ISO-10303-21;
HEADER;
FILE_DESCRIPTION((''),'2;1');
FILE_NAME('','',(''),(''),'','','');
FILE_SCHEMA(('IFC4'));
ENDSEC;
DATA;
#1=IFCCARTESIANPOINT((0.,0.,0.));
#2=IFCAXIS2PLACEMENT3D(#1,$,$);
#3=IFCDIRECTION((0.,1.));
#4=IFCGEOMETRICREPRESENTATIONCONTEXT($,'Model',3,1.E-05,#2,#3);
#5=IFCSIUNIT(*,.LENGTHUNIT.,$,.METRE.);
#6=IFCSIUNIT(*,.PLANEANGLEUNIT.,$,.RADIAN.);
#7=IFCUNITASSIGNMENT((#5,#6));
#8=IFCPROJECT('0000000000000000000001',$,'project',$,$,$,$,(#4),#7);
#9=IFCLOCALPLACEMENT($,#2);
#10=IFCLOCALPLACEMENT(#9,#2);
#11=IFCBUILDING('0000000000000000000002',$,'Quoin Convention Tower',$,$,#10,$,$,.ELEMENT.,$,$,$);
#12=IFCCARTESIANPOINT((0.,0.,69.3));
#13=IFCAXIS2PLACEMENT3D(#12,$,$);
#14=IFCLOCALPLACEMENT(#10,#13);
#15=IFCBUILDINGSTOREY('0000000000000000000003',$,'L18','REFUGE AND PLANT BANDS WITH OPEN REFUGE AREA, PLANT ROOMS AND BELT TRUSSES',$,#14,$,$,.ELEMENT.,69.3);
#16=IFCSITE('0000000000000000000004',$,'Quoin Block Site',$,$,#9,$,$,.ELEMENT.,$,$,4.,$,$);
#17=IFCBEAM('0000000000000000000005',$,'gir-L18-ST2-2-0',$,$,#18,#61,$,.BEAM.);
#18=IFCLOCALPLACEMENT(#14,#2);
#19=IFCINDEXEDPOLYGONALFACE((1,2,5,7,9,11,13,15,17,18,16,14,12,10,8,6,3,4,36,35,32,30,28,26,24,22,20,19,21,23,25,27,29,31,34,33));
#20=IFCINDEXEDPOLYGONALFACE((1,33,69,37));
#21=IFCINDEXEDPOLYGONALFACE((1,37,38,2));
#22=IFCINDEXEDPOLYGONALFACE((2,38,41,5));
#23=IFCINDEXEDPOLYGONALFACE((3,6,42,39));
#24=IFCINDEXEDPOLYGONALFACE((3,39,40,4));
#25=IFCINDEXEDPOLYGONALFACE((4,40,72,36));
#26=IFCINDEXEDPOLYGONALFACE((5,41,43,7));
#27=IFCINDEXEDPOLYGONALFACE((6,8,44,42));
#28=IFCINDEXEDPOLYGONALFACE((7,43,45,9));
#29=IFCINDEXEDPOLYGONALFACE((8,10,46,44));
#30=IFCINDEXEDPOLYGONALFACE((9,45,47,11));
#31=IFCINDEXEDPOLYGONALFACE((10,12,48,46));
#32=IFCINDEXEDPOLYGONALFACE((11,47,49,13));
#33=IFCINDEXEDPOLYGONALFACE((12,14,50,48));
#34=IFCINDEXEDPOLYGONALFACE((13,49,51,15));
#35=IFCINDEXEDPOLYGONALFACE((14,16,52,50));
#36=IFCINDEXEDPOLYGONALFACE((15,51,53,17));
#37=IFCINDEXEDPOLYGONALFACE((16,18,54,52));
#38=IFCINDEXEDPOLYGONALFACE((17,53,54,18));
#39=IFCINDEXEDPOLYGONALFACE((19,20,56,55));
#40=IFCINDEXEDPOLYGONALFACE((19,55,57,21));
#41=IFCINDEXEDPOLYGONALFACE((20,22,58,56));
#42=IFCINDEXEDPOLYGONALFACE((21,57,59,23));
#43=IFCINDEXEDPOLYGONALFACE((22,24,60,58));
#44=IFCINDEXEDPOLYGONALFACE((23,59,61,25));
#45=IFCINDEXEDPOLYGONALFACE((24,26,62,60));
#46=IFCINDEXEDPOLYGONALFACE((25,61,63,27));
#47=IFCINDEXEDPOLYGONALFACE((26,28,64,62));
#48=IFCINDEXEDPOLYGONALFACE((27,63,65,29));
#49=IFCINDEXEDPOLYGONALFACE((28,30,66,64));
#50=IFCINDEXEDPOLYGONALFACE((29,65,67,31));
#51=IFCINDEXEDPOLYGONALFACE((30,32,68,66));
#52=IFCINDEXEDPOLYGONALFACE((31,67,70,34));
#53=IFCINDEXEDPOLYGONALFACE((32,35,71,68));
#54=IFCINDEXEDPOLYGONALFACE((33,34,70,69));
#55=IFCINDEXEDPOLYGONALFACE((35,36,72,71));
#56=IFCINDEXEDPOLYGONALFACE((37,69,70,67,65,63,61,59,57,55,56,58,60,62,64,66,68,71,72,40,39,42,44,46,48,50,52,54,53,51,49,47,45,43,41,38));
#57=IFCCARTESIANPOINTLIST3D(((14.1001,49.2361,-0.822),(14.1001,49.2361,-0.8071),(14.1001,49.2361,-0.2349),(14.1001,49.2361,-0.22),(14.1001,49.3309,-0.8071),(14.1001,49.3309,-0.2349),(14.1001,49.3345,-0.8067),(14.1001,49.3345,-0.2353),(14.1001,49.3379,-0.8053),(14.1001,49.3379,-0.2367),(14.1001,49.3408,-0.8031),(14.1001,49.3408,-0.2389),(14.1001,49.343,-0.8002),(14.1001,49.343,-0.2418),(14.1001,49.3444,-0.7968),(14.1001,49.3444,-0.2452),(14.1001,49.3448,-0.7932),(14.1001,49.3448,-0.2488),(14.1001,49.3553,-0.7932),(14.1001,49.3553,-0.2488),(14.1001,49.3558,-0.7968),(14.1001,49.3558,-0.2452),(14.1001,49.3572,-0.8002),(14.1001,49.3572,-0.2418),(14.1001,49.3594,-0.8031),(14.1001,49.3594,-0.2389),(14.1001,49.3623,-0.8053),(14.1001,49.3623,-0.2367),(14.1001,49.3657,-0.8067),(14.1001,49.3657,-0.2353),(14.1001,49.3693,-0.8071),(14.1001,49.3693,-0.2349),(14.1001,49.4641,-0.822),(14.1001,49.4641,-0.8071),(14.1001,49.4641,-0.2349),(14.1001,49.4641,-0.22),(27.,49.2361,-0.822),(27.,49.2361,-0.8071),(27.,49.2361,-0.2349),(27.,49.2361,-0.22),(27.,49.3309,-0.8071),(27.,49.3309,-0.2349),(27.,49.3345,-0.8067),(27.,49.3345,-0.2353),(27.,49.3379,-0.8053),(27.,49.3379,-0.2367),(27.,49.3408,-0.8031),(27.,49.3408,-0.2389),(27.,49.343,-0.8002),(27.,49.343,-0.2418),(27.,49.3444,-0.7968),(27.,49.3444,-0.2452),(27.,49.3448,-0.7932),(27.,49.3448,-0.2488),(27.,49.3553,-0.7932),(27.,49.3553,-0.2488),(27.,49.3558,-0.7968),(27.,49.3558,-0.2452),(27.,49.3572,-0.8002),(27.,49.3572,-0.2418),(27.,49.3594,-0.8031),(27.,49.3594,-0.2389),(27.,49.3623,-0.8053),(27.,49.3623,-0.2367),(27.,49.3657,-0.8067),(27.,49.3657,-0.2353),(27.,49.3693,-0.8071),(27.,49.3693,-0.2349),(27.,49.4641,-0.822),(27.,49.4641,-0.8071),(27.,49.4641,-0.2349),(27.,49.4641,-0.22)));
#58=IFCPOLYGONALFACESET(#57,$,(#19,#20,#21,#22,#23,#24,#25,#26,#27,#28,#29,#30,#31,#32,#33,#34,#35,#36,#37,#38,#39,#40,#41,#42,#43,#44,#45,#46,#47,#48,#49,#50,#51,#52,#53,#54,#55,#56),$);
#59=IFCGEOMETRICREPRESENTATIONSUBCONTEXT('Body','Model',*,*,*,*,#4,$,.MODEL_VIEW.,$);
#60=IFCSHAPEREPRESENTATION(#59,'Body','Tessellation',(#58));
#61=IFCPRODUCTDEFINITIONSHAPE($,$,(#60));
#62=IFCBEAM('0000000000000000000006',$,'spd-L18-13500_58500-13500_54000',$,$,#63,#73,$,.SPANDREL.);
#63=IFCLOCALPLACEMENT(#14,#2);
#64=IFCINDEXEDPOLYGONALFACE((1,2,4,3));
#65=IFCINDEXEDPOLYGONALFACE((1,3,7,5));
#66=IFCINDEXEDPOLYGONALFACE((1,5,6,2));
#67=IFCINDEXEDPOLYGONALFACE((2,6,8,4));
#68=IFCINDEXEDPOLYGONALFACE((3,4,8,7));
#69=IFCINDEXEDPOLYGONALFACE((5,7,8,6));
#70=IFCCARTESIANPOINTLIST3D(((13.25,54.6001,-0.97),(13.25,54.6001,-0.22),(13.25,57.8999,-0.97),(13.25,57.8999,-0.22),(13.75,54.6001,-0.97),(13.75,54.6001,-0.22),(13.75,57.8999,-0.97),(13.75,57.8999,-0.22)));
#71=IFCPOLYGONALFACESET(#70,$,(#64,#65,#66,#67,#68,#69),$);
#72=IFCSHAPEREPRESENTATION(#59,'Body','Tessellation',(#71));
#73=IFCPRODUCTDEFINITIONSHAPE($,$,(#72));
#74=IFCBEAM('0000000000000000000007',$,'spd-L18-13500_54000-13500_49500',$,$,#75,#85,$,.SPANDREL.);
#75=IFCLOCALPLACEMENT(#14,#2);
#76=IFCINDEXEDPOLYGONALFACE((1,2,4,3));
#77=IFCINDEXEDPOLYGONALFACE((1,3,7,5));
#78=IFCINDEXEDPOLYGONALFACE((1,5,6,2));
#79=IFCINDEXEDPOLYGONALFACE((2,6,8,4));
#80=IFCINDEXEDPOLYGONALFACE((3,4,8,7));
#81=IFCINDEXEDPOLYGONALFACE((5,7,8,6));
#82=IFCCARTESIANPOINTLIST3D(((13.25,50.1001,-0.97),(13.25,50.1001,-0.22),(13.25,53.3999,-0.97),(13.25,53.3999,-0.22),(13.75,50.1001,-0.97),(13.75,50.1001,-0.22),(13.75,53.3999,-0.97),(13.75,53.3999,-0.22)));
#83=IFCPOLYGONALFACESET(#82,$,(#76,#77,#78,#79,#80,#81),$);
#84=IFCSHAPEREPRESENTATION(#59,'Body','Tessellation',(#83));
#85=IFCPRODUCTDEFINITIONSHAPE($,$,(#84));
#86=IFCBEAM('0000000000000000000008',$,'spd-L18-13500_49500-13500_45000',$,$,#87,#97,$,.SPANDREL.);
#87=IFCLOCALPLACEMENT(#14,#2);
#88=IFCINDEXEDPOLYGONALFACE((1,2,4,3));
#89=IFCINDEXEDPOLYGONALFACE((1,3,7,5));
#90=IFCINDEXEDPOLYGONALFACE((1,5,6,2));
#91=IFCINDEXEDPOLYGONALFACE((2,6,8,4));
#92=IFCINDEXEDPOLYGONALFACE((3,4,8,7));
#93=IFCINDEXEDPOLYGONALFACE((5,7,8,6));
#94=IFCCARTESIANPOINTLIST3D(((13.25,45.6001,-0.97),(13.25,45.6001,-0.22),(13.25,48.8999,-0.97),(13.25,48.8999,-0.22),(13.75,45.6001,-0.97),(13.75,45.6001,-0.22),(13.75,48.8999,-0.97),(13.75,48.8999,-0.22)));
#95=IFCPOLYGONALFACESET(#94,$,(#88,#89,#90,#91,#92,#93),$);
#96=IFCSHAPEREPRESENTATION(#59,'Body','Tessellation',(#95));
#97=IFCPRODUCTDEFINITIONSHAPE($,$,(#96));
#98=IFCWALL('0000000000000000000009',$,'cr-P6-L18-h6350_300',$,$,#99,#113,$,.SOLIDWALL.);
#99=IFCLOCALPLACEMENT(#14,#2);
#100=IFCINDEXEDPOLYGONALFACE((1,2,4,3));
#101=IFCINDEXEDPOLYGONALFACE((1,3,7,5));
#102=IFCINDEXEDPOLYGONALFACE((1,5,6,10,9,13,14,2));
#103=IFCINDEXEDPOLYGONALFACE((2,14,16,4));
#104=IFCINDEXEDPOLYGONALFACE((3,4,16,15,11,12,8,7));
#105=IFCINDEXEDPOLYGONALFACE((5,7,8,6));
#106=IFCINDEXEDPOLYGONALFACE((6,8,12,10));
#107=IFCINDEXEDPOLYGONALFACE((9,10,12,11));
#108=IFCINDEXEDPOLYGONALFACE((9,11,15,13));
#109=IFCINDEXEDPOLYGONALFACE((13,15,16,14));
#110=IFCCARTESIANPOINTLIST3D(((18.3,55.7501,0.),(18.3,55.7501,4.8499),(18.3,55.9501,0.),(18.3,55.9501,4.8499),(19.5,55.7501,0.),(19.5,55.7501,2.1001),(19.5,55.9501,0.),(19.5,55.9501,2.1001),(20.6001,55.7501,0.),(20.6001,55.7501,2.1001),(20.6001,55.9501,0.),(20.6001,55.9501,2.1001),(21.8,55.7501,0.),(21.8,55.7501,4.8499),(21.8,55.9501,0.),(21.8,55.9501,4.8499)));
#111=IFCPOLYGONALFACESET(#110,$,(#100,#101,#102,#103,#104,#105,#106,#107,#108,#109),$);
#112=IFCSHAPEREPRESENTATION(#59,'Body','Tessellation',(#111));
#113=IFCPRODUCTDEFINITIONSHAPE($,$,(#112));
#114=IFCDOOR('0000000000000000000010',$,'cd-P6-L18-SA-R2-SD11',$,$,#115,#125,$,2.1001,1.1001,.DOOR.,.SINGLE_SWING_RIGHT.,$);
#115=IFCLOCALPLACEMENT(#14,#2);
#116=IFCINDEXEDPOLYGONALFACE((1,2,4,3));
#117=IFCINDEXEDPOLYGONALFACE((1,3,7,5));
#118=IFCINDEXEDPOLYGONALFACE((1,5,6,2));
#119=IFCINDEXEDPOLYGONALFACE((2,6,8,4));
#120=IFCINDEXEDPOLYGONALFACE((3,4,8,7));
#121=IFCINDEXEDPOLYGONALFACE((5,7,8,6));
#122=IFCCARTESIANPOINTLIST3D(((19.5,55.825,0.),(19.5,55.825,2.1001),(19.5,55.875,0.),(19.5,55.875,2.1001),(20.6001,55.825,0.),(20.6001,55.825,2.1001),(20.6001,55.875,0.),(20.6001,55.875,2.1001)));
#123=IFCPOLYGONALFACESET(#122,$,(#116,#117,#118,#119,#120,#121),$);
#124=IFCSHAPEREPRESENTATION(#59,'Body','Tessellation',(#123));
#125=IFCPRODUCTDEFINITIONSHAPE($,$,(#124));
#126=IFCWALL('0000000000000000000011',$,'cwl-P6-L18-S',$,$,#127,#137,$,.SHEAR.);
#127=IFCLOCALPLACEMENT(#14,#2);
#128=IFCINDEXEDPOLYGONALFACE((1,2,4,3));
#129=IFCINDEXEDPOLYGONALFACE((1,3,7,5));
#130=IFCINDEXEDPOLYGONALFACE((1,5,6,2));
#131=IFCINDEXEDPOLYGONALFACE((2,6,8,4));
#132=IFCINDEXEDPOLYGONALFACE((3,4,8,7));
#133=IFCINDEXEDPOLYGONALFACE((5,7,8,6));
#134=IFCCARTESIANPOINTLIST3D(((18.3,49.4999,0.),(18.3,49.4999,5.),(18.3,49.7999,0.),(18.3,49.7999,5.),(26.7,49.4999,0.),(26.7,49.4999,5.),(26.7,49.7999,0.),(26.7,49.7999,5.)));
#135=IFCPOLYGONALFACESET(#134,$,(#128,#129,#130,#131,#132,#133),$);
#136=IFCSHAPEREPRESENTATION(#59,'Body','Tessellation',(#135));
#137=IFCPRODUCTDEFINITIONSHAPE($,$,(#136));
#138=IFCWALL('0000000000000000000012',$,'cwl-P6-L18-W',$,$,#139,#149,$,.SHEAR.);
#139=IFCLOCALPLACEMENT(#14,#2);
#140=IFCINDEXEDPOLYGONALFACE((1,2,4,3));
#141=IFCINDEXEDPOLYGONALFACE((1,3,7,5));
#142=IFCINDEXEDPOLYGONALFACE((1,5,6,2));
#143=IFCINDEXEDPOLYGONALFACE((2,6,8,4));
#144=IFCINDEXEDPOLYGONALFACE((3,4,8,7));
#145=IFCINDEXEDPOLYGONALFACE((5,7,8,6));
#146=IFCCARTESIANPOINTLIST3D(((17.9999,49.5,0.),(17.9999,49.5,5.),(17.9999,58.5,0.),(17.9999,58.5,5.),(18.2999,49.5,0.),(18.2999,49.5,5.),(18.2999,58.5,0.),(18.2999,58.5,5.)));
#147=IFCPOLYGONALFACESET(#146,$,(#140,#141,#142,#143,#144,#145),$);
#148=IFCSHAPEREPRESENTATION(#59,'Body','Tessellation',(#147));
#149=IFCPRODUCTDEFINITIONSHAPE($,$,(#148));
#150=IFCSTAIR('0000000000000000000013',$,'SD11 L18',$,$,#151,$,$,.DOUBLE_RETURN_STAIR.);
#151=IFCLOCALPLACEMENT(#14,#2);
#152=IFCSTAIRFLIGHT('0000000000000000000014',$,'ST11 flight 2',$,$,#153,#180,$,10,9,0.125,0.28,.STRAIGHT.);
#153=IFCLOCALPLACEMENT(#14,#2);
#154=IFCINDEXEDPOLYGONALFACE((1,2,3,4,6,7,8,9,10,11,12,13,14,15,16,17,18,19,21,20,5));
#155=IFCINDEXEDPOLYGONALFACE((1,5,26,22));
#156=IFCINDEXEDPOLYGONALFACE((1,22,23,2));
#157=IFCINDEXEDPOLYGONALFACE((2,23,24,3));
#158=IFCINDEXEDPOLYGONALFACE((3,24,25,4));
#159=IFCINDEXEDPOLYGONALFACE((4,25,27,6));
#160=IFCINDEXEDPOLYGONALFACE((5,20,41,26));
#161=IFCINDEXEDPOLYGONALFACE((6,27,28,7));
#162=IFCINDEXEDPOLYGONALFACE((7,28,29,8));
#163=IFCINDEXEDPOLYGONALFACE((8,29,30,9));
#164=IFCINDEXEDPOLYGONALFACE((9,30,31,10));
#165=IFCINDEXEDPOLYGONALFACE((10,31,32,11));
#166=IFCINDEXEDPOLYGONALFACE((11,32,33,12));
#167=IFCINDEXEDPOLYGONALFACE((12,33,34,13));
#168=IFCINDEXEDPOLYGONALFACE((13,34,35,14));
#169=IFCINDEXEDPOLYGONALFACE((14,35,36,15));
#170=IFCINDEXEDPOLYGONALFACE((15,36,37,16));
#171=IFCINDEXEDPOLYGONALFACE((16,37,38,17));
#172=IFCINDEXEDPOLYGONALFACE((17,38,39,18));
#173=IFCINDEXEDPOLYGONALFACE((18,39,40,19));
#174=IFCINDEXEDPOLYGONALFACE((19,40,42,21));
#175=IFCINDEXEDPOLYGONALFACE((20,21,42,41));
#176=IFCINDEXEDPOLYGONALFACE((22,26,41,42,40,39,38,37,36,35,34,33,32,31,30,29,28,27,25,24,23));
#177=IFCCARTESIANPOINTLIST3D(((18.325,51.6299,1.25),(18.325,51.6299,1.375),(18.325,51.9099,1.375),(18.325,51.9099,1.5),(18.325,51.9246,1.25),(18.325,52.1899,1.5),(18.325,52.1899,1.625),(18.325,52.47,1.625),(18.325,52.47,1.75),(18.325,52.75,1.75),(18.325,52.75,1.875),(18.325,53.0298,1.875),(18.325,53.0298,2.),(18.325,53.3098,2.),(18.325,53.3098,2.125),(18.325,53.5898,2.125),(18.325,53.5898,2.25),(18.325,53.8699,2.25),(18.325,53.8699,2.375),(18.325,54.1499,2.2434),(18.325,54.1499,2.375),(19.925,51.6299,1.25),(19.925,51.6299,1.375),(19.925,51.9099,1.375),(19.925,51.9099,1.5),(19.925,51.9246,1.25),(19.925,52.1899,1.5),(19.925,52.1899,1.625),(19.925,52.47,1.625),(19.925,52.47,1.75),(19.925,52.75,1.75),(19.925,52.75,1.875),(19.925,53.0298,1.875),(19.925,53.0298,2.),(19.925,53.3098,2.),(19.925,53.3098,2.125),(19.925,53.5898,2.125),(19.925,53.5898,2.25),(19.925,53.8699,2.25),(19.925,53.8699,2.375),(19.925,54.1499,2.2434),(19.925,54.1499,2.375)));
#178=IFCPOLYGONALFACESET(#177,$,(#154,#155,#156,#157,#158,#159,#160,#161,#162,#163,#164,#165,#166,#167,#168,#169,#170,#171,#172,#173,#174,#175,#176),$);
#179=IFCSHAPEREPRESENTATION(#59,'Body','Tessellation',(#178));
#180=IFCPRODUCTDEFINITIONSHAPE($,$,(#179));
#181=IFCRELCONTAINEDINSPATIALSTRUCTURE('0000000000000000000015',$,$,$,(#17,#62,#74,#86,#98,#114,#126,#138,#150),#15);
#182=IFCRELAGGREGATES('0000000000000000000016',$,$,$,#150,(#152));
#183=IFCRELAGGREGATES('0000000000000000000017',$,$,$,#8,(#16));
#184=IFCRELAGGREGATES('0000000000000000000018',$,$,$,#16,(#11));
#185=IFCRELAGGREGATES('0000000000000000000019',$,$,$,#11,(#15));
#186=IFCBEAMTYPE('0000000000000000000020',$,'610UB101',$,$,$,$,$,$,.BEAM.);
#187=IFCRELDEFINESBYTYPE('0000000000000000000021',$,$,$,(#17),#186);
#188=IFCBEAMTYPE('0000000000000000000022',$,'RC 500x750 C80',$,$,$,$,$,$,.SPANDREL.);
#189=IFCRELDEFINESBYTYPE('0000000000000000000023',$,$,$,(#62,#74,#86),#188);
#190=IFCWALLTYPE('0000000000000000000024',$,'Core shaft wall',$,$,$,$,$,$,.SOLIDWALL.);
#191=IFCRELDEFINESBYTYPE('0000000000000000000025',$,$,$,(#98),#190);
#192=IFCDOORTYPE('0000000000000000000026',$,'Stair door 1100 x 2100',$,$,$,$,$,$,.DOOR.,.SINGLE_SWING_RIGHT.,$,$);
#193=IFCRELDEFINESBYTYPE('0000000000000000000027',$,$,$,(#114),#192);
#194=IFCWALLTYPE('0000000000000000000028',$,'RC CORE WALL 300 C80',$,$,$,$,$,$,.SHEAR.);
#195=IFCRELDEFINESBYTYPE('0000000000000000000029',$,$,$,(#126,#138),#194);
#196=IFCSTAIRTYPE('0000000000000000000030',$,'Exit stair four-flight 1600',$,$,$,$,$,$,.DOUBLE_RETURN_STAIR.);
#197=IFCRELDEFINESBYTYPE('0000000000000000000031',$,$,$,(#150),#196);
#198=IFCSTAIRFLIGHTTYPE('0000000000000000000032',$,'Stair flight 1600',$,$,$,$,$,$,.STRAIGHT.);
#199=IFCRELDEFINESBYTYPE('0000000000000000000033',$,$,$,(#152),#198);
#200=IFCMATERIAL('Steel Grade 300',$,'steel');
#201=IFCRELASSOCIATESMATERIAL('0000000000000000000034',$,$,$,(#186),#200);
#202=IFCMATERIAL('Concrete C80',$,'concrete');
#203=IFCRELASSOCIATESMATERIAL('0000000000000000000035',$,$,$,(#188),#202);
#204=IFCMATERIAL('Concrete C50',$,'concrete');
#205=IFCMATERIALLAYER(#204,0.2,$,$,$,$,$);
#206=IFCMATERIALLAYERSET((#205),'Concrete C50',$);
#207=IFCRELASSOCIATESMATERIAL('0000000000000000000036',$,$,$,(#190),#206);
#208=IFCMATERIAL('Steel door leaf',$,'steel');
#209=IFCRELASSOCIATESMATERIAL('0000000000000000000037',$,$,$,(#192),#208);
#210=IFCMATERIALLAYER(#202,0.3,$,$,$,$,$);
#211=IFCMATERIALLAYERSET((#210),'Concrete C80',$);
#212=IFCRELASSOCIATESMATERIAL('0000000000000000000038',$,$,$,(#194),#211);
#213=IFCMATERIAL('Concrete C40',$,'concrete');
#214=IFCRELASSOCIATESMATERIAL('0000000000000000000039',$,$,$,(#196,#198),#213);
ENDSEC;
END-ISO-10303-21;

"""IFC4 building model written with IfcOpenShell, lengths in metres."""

from ifc_helpers import new_model, si_unit, direction, frame, frame_2d, origin, origin_2d, place, context, subcontext, project, spatial, polyline, rectangle, i_section, outline, extrude, material, layer, layer_set, material_profile, profile_set, type_object, element, fill, aggregate, save


model = new_model("IFC4")

# Units and contexts
model_context = context("Model", 3, precision=1e-05, world=origin(), true_north=direction((0.0, 1.0)))
body_context = subcontext(model_context, "Body", "Model", "MODEL_VIEW")
ifc_project = project(units=[si_unit("LENGTHUNIT", "METRE"), si_unit("PLANEANGLEUNIT", "RADIAN")], contexts=[model_context])

# Site, building, storey
site_placement = place(None, origin())
site = spatial("IfcSite", under=ifc_project, at=site_placement, Name="Quoin Block Site", CompositionType="ELEMENT", RefElevation=4.0)
building_placement = place(site_placement, origin())
building = spatial("IfcBuilding", under=site, at=building_placement, Name="Quoin Convention Tower", CompositionType="ELEMENT")
storey_placement = place(building_placement, frame((0.0, 0.0, 69.3)))
storey = spatial("IfcBuildingStorey", under=building, at=storey_placement, Name="L18", Description="REFUGE AND PLANT BANDS WITH OPEN REFUGE AREA, PLANT ROOMS AND BELT TRUSSES", CompositionType="ELEMENT", Elevation=69.3)

# Shared definitions
ifc_material_1 = material(Name="Concrete C80", Category="concrete")

# Shared definitions
ifc_material_2 = material(Name="Steel Grade 300", Category="steel")

# Beams
ifc_material_profile_1 = material_profile(ifc_material_2, i_section(OverallWidth=0.228, OverallDepth=0.6021, WebThickness=0.0105, FlangeThickness=0.0149, FilletRadius=0.0139, at=origin_2d()), Name="610UB101")
ifc_profile_set_1 = profile_set([ifc_material_profile_1], Name="Steel Grade 300")
beam_type_1 = type_object("IfcBeamType", Name="610UB101", PredefinedType="BEAM", material=ifc_profile_set_1)
beam_1_placement = place(storey_placement, frame((14.1001, 49.3501, -0.521), z_axis=(1.0, 0.0, 0.0), x_axis=(0.0, 1.0, 0.0)))
element("IfcBeam", 1, at=beam_1_placement, inside=storey, type_object=beam_type_1, Name="gir-L18-ST2-2-0", PredefinedType="BEAM", context=body_context, shape_type="SweptSolid", body=[
    extrude(i_section(OverallWidth=0.228, OverallDepth=0.6021, WebThickness=0.0105, FlangeThickness=0.0149, FilletRadius=0.0139, at=origin_2d()), origin(), (0.0, 0.0, 1.0), 12.8999),
])
ifc_material_profile_2 = material_profile(ifc_material_1, rectangle(XDim=0.5, YDim=0.75, at=origin_2d()), Name="RC 500x750")
ifc_profile_set_2 = profile_set([ifc_material_profile_2], Name="Concrete C80")
beam_type_2 = type_object("IfcBeamType", Name="RC 500x750 C80", PredefinedType="SPANDREL", material=ifc_profile_set_2)
for number, where, z_axis, x_axis, name in (
    (2, (13.5, 57.8999, -0.595), (0.0, -1.0, 0.0), (1.0, 0.0, 0.0), "spd-L18-13500_58500-13500_54000"),
    (3, (13.5, 53.3999, -0.595), (0.0, -1.0, 0.0), (1.0, 0.0, 0.0), "spd-L18-13500_54000-13500_49500"),
    (4, (13.5, 48.8999, -0.595), (0.0, -1.0, 0.0), (1.0, 0.0, 0.0), "spd-L18-13500_49500-13500_45000"),
):
    element("IfcBeam", number, at=place(storey_placement, frame(where, z_axis=z_axis, x_axis=x_axis)), inside=storey, type_object=beam_type_2, Name=name, PredefinedType="SPANDREL", context=body_context, shape_type="SweptSolid", body=[
        extrude(rectangle(XDim=0.5, YDim=0.75, at=origin_2d()), origin(), (0.0, 0.0, 1.0), 3.2998),
    ])

# Wall, opening, door
ifc_material_3 = material(Name="Concrete C50", Category="concrete")
ifc_layer_1 = layer(ifc_material_3, 0.2)
ifc_layer_set_1 = layer_set([ifc_layer_1], Name="Concrete C50")
wall_type_1 = type_object("IfcWallType", Name="Core shaft wall", PredefinedType="SOLIDWALL", material=ifc_layer_set_1)
wall_1_placement = place(storey_placement, frame((18.3, 55.8501, 0.0), z_axis=(0.0, 0.0, 1.0), x_axis=(1.0, 0.0, 0.0)))
wall_1 = element("IfcWall", 5, at=wall_1_placement, inside=storey, type_object=wall_type_1, Name="cr-P6-L18-h6350_300", PredefinedType="SOLIDWALL", context=body_context, shape_type="SweptSolid", body=[
    extrude(rectangle(XDim=3.5, YDim=0.2, at=frame_2d((1.75, 0.0))), origin(), (0.0, 0.0, 1.0), 4.8499),
])
opening_placement = place(wall_1_placement, frame((1.2, 0.0, 0.0)))
opening = element("IfcOpeningElement", 6, at=opening_placement, cuts=wall_1, PredefinedType="OPENING", context=body_context, shape_type="SweptSolid", body=[
    extrude(rectangle(XDim=1.1001, YDim=2.1001, at=frame_2d((0.55, 1.05))), frame((0.0, 0.1099, 0.0), z_axis=(0.0, -1.0, 0.0), x_axis=(1.0, 0.0, 0.0)), (0.0, 0.0, 1.0), 0.22),
])
ifc_material_4 = material(Name="Steel door leaf", Category="steel")
door_type = type_object("IfcDoorType", Name="Stair door 1100 x 2100", OperationType="SINGLE_SWING_RIGHT", PredefinedType="DOOR", material=ifc_material_4)
door_placement = place(opening_placement, origin())
door = element("IfcDoor", 7, at=door_placement, inside=storey, type_object=door_type, Name="cd-P6-L18-SA-R2-SD11", OperationType="SINGLE_SWING_RIGHT", OverallHeight=2.1001, OverallWidth=1.1001, PredefinedType="DOOR", context=body_context, shape_type="SweptSolid", body=[
    extrude(rectangle(XDim=1.1001, YDim=2.1001, at=frame_2d((0.55, 1.05))), frame((0.0, 0.0249, 0.0), z_axis=(0.0, -1.0, 0.0), x_axis=(1.0, 0.0, 0.0)), (0.0, 0.0, 1.0), 0.05),
])
fill(opening, door)

# Walls
ifc_layer_2 = layer(ifc_material_1, 0.3)
ifc_layer_set_2 = layer_set([ifc_layer_2], Name="Concrete C80")
wall_type_2 = type_object("IfcWallType", Name="RC CORE WALL 300 C80", PredefinedType="SHEAR", material=ifc_layer_set_2)
wall_2_placement = place(storey_placement, frame((18.3, 49.6499, 0.0), z_axis=(0.0, 0.0, 1.0), x_axis=(1.0, 0.0, 0.0)))
element("IfcWall", 8, at=wall_2_placement, inside=storey, type_object=wall_type_2, Name="cwl-P6-L18-S", PredefinedType="SHEAR", context=body_context, shape_type="SweptSolid", body=[
    extrude(rectangle(XDim=8.3999, YDim=0.3, at=frame_2d((4.2, 0.0))), origin(), (0.0, 0.0, 1.0), 5.0),
])
wall_3_placement = place(storey_placement, frame((18.1499, 49.5, 0.0), z_axis=(0.0, 0.0, 1.0), x_axis=(0.0, 1.0, 0.0)))
element("IfcWall", 9, at=wall_3_placement, inside=storey, type_object=wall_type_2, Name="cwl-P6-L18-W", PredefinedType="SHEAR", context=body_context, shape_type="SweptSolid", body=[
    extrude(rectangle(XDim=9.0, YDim=0.3, at=frame_2d((4.5, 0.0))), origin(), (0.0, 0.0, 1.0), 5.0),
])

# Stair, stair flight
ifc_material_5 = material(Name="Concrete C40", Category="concrete")
stair_type = type_object("IfcStairType", Name="Exit stair four-flight 1600", PredefinedType="DOUBLE_RETURN_STAIR", material=ifc_material_5)
stair_placement = place(storey_placement, origin())
stair = element("IfcStair", 10, at=stair_placement, inside=storey, type_object=stair_type, Name="SD11 L18", PredefinedType="DOUBLE_RETURN_STAIR")
stair_flight_type = type_object("IfcStairFlightType", Name="Stair flight 1600", PredefinedType="STRAIGHT", material=ifc_material_5)
stair_flight_1_placement = place(storey_placement, frame((19.125, 51.6299, 1.25), z_axis=(0.0, 0.0, 1.0), x_axis=(0.0, 1.0, 0.0)))
stair_flight_1 = element("IfcStairFlight", 11, at=stair_flight_1_placement, type_object=stair_flight_type, Name="ST11 flight 2", NumberOfRisers=10, NumberOfTreads=9, PredefinedType="STRAIGHT", RiserHeight=0.125, TreadLength=0.28, context=body_context, shape_type="SweptSolid", body=[
    extrude(outline(polyline([(0.0, 0.0), (0.0, 0.125), (0.28, 0.125), (0.28, 0.25), (0.5601, 0.25), (0.5601, 0.375), (0.8401, 0.375), (0.8401, 0.5), (1.1201, 0.5), (1.1201, 0.625), (1.3999, 0.625), (1.3999, 0.75), (1.6799, 0.75), (1.6799, 0.875), (1.96, 0.875), (1.96, 1.0), (2.24, 1.0), (2.24, 1.125), (2.52, 1.125), (2.52, 1.25), (2.52, 0.9934), (0.2947, 0.0), (0.0, 0.0)])), frame((0.0, 0.8, 0.0), z_axis=(0.0, -1.0, 0.0), x_axis=(1.0, 0.0, 0.0)), (0.0, 0.0, 1.0), 1.6001),
])
aggregate(stair, [stair_flight_1])

save(model, "model.ifc")
